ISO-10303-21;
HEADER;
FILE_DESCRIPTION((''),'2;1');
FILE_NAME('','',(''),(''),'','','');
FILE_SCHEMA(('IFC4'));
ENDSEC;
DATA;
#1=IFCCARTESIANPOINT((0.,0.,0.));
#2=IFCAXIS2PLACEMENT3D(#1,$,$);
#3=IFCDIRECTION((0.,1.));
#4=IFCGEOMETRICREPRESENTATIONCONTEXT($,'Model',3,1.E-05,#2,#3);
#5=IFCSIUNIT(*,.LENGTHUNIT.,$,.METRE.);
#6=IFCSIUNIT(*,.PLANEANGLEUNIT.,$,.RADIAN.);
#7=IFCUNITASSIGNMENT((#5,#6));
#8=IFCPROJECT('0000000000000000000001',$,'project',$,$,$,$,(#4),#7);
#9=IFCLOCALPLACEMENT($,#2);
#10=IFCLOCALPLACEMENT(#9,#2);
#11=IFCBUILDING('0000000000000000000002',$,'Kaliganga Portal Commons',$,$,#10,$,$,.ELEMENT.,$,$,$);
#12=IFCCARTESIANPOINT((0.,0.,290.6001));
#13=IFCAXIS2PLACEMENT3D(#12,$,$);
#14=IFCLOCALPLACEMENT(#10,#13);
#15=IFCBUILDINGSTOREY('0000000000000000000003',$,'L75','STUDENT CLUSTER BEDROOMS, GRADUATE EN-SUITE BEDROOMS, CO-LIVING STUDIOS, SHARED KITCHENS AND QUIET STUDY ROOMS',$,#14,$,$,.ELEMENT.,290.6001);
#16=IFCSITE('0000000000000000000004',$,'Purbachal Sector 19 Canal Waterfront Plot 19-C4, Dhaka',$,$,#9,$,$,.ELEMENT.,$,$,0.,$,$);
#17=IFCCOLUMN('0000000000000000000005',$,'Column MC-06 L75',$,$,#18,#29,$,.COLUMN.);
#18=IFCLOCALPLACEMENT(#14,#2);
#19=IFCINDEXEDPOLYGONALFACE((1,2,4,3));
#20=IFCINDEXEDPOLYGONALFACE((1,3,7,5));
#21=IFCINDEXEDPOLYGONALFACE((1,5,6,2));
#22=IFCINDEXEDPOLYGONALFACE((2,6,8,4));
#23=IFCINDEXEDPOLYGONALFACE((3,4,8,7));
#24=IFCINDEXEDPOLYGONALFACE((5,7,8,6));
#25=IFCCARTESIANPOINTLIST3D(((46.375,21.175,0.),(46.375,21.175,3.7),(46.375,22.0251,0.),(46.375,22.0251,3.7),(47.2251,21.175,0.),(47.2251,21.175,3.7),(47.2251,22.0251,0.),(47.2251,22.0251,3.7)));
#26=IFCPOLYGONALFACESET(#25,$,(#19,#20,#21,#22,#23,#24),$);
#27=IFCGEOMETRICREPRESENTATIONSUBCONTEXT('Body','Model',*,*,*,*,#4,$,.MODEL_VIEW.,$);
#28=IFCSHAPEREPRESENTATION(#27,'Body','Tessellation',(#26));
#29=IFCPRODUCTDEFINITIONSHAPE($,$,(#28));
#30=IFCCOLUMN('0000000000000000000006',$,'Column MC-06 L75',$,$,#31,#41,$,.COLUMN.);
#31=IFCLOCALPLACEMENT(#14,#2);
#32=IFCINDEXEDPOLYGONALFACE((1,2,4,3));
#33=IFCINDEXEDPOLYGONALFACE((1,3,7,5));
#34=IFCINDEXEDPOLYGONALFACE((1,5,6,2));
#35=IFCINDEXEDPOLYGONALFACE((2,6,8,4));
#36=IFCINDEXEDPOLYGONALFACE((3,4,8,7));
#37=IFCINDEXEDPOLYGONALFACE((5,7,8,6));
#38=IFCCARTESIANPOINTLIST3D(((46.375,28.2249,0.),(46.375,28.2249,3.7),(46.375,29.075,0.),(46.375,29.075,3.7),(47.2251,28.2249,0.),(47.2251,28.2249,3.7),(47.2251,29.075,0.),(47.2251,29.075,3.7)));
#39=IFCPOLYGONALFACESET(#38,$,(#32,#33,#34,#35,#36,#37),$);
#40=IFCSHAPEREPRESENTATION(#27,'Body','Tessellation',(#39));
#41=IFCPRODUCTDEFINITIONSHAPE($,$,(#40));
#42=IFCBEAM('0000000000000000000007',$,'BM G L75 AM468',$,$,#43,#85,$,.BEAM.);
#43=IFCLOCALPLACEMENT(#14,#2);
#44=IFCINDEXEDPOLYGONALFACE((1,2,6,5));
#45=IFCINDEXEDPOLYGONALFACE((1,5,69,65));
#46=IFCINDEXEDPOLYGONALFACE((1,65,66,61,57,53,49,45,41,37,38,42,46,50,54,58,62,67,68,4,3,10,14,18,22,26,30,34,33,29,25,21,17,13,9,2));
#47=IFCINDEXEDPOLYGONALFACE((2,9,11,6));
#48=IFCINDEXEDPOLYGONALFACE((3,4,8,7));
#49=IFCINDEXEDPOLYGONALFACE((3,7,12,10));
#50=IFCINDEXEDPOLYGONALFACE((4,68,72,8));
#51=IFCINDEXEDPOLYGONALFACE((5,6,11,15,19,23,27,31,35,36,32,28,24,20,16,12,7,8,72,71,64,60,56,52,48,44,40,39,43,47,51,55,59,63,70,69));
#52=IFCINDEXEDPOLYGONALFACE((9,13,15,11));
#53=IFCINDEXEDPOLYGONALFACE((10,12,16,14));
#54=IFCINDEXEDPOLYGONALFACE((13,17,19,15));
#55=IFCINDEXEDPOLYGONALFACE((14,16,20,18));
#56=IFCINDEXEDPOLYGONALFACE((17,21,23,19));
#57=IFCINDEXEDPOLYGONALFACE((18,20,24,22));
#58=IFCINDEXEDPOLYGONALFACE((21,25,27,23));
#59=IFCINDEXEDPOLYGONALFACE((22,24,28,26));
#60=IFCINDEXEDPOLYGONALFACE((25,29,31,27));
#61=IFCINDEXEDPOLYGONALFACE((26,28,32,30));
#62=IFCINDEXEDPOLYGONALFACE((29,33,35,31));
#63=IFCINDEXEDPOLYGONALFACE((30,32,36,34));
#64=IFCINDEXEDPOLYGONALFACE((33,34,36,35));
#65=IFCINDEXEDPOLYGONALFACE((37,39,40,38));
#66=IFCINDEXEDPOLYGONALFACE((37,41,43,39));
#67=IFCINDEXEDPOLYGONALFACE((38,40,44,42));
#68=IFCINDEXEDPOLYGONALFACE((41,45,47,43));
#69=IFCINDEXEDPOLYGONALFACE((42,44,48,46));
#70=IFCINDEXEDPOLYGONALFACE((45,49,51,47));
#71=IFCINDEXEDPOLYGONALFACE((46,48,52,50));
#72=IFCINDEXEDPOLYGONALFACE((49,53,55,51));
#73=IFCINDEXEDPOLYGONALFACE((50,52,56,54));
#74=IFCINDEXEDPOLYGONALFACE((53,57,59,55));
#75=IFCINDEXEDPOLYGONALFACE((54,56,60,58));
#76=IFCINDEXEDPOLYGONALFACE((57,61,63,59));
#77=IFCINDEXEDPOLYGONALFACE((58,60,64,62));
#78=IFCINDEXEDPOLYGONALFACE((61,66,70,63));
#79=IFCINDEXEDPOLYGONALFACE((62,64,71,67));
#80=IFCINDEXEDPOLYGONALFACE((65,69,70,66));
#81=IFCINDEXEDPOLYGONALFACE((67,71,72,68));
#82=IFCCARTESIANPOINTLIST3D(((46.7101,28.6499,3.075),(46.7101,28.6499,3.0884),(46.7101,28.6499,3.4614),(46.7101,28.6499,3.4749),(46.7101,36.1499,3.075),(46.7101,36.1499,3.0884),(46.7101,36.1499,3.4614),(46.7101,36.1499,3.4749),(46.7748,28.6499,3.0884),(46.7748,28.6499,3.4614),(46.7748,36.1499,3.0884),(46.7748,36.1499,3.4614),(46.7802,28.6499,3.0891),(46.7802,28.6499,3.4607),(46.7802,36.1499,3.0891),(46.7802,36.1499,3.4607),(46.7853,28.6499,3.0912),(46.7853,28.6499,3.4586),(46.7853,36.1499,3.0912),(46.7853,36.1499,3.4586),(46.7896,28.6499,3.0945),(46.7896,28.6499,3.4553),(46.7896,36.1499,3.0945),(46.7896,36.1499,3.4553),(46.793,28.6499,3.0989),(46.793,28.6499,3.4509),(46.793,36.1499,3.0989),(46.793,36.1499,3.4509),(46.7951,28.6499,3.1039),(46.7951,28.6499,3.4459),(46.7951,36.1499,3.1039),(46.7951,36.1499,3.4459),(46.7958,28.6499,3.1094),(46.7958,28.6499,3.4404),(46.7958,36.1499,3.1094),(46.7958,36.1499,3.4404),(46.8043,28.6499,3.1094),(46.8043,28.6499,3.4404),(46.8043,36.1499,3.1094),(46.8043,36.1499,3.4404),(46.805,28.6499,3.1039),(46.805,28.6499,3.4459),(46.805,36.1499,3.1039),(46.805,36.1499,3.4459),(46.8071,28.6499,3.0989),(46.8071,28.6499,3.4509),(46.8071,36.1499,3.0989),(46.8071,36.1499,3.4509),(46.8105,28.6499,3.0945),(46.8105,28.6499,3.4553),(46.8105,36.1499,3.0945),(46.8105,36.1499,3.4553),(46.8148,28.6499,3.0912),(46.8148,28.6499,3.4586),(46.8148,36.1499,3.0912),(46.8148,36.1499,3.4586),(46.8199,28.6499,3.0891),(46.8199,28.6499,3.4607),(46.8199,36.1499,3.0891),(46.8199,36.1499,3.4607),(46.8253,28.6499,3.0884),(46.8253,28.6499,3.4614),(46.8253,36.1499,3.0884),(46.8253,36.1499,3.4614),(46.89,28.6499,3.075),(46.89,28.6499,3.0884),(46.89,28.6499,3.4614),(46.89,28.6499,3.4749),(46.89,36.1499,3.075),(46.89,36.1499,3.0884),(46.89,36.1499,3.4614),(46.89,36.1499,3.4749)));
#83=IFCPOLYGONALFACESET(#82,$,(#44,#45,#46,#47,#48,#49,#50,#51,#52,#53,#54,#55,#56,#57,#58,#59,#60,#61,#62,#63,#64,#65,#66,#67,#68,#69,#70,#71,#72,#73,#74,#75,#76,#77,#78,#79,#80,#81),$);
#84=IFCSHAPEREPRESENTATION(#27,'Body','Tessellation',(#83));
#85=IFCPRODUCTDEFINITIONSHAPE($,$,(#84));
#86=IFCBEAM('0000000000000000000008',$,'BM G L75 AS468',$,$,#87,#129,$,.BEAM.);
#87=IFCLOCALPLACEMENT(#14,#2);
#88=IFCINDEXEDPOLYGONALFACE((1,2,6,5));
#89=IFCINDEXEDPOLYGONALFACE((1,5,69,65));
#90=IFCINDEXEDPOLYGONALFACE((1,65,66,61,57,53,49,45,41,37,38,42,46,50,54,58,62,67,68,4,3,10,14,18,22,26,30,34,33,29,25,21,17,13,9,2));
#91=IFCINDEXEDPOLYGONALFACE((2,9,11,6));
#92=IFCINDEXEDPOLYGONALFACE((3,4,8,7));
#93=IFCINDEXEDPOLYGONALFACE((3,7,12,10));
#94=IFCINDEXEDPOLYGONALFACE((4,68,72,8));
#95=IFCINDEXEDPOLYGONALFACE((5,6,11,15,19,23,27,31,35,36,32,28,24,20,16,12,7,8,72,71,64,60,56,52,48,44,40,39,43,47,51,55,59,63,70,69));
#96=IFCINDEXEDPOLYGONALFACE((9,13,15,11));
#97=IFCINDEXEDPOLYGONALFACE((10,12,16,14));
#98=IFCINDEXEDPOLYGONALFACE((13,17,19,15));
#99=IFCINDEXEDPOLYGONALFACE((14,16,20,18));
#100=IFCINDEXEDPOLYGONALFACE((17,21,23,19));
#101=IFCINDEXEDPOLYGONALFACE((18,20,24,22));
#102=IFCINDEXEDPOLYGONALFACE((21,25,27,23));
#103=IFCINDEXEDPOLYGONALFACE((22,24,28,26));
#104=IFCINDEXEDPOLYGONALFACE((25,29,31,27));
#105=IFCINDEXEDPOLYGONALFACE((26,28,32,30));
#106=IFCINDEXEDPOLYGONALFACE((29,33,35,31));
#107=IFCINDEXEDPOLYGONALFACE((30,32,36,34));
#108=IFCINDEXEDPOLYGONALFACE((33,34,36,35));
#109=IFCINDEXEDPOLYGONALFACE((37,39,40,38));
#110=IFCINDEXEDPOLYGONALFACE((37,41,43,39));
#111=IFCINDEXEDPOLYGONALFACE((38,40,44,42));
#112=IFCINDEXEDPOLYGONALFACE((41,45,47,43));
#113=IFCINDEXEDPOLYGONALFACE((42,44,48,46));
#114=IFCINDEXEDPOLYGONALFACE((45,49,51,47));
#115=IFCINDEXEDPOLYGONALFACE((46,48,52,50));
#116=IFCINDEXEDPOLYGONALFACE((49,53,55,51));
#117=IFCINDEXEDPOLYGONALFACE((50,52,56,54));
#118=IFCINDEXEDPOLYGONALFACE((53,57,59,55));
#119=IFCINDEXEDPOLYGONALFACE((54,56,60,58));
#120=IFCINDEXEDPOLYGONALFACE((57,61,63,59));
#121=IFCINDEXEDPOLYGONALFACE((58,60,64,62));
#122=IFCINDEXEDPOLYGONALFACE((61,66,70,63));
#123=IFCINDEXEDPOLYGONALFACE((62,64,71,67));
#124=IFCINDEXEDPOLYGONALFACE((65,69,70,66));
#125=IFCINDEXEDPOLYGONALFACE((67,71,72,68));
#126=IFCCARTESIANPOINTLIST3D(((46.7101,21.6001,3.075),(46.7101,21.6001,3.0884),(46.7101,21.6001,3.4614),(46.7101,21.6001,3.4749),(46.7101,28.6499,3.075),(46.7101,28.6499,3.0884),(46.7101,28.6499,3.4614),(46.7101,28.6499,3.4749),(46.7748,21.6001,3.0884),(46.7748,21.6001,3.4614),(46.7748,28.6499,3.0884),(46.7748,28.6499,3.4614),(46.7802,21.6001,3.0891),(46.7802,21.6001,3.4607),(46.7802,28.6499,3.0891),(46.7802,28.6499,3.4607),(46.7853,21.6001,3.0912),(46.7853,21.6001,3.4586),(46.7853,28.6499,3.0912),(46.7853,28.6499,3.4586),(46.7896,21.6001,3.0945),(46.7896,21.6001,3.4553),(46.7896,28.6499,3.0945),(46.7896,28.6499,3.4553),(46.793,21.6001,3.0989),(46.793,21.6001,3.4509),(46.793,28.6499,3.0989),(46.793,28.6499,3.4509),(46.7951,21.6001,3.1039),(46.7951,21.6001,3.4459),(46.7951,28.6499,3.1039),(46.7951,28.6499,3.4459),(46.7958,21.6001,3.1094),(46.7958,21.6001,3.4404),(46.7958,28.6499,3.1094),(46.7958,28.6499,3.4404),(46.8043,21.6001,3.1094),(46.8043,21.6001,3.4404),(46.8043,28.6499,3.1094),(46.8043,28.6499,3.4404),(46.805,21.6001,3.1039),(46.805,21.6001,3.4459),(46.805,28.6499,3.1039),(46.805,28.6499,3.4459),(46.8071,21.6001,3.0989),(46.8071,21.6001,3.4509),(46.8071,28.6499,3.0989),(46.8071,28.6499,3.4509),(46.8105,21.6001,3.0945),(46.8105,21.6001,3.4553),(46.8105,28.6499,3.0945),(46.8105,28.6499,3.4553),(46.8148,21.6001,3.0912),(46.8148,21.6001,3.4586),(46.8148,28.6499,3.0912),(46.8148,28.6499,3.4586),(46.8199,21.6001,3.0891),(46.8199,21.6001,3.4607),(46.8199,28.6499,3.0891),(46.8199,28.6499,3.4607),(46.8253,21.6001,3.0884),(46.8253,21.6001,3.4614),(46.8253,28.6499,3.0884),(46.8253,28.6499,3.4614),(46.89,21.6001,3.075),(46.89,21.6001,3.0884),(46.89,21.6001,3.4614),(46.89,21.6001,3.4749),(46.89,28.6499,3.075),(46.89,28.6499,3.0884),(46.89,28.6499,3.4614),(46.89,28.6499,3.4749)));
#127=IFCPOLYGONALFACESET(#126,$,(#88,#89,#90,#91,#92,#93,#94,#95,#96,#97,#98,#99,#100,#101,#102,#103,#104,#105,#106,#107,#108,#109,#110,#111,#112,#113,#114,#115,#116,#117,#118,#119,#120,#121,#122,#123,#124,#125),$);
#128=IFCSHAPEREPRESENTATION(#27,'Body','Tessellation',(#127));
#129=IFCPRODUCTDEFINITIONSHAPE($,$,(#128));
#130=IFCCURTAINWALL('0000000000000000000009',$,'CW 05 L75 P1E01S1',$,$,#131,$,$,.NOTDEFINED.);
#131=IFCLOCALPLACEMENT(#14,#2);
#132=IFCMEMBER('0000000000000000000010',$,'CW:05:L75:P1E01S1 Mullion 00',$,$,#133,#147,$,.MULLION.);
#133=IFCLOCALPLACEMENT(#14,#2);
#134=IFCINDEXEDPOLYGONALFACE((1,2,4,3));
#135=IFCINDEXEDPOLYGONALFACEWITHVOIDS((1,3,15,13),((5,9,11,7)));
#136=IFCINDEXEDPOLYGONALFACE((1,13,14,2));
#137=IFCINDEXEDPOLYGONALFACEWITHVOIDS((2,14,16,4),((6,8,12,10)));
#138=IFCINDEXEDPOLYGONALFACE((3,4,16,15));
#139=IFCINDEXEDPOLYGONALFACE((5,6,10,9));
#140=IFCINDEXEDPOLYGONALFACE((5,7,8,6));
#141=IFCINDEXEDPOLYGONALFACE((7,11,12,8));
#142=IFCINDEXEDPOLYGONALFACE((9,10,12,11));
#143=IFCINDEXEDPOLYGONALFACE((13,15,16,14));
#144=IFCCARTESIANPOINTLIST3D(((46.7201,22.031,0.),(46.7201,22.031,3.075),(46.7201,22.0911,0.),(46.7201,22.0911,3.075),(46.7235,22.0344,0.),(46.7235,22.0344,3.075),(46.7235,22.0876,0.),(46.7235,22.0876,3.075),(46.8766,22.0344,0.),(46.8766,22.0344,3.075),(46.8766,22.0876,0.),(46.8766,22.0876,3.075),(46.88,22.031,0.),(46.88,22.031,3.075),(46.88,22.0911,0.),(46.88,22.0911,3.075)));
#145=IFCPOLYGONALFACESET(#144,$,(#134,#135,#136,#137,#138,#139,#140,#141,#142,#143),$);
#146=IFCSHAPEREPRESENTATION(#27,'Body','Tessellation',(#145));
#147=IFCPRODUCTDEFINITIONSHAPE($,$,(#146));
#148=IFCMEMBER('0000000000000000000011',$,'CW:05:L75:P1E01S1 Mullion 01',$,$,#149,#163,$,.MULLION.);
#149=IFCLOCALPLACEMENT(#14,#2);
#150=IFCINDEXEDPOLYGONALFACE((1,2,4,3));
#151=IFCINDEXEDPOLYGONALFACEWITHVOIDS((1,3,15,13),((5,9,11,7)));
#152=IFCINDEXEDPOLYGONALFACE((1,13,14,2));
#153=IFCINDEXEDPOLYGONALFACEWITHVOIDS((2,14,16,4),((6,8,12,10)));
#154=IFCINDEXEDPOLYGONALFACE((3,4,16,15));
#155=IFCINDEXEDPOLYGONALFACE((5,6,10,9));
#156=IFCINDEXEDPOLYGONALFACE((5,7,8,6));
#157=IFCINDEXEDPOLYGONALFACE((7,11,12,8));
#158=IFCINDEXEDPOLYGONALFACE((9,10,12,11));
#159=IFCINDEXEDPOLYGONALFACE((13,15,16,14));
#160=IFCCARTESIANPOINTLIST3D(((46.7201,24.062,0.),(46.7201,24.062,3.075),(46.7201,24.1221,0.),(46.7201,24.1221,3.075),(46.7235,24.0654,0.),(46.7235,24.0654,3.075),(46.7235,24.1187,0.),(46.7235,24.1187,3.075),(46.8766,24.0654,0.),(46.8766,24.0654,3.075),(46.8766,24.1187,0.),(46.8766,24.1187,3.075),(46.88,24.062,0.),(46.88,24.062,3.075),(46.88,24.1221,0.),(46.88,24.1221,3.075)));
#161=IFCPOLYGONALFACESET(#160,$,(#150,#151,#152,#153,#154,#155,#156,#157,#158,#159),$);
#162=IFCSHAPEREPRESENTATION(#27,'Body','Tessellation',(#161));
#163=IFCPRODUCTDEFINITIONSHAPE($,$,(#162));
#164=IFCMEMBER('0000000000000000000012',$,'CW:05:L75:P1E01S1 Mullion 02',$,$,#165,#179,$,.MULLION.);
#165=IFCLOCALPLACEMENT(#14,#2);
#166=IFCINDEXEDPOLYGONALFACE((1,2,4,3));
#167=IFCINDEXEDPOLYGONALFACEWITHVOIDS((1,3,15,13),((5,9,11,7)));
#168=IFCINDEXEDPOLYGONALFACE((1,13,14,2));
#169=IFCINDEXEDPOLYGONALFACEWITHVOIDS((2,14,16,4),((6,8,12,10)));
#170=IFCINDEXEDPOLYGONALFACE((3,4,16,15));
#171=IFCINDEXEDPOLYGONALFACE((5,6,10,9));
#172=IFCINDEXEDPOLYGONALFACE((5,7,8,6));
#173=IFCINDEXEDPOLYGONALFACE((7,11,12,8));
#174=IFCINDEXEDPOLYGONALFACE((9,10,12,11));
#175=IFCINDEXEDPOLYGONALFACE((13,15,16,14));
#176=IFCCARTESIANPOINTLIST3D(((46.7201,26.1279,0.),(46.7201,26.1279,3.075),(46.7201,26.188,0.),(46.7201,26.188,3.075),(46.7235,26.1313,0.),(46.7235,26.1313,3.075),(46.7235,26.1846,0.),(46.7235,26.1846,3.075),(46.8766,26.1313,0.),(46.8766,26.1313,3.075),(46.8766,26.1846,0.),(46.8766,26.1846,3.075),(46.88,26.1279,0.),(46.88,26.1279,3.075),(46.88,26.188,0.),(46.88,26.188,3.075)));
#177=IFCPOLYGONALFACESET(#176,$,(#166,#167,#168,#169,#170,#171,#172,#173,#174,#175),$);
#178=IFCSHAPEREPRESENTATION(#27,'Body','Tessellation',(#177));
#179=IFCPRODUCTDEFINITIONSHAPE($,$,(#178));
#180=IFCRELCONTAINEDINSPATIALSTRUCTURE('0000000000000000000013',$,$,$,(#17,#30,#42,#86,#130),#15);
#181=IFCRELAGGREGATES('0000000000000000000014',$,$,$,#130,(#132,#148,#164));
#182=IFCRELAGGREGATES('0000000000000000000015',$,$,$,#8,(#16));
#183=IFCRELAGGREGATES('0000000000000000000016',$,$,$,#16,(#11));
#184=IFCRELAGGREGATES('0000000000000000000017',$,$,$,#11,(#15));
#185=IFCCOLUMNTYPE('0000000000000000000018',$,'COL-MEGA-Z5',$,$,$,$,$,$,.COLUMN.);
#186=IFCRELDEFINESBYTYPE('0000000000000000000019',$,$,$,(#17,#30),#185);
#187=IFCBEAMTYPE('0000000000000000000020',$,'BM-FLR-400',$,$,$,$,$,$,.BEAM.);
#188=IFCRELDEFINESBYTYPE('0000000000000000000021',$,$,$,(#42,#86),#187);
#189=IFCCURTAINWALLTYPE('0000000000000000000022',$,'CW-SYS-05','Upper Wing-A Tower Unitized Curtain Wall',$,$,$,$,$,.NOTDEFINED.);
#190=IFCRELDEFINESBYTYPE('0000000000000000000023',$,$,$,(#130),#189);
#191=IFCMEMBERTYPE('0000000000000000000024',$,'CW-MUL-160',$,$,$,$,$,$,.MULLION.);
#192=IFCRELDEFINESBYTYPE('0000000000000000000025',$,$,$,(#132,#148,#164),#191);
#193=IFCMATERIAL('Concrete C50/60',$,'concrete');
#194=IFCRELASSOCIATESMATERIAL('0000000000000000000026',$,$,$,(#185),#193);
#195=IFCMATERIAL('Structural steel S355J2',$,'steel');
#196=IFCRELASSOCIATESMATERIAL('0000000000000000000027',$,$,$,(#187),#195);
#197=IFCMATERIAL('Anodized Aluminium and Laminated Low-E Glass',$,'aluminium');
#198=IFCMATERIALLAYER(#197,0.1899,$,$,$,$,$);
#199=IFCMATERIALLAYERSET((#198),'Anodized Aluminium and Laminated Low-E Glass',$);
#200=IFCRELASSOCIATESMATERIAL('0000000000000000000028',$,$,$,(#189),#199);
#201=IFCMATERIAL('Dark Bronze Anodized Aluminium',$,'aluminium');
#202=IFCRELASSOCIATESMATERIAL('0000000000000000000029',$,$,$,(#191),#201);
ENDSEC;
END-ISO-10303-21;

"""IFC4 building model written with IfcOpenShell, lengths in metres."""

from ifc_helpers import new_model, si_unit, direction, frame, origin, origin_2d, place, context, subcontext, project, spatial, rectangle, hollow_rectangle, i_section, extrude, source, transform, mapped, material, layer, layer_set, material_profile, profile_set, type_object, element, aggregate, save


model = new_model("IFC4")

# Units and contexts
model_context = context("Model", 3, precision=1e-05, world=origin(), true_north=direction((0.0, 1.0)))
body_context = subcontext(model_context, "Body", "Model", "MODEL_VIEW")
ifc_project = project(units=[si_unit("LENGTHUNIT", "METRE"), si_unit("PLANEANGLEUNIT", "RADIAN")], contexts=[model_context])

# Site, building, storey
site_placement = place(None, origin())
site = spatial("IfcSite", under=ifc_project, at=site_placement, Name="Purbachal Sector 19 Canal Waterfront Plot 19-C4, Dhaka", CompositionType="ELEMENT", RefElevation=0.0)
building_placement = place(site_placement, origin())
building = spatial("IfcBuilding", under=site, at=building_placement, Name="Kaliganga Portal Commons", CompositionType="ELEMENT")
storey_placement = place(building_placement, frame((0.0, 0.0, 290.6001)))
storey = spatial("IfcBuildingStorey", under=building, at=storey_placement, Name="L75", Description="STUDENT CLUSTER BEDROOMS, GRADUATE EN-SUITE BEDROOMS, CO-LIVING STUDIOS, SHARED KITCHENS AND QUIET STUDY ROOMS", CompositionType="ELEMENT", Elevation=290.6001)

# Columns
ifc_material_1 = material(Name="Concrete C50/60", Category="concrete")
ifc_material_profile_1 = material_profile(ifc_material_1, rectangle(XDim=0.8501, YDim=0.8501, at=origin_2d()), Name="RC 850x850")
ifc_profile_set_1 = profile_set([ifc_material_profile_1], Name="Concrete C50/60")
column_type = type_object("IfcColumnType", Name="COL-MEGA-Z5", PredefinedType="COLUMN", material=ifc_profile_set_1)
shared_shape_1 = source(origin(), body_context, "Body", "SweptSolid", [
    extrude(rectangle(XDim=0.8501, YDim=0.8501, at=origin_2d()), origin(), (0.0, 0.0, 1.0), 3.7),
])
for number, where, z_axis, x_axis, name in (
    (1, (46.8, 21.6001, 0.0), (0.0, 0.0, 1.0), (1.0, 0.0, 0.0), "Column MC-06 L75"),
    (2, (46.8, 28.6499, 0.0), (0.0, 0.0, 1.0), (1.0, 0.0, 0.0), "Column MC-06 L75"),
):
    element("IfcColumn", number, at=place(storey_placement, frame(where, z_axis=z_axis, x_axis=x_axis)), inside=storey, type_object=column_type, Name=name, PredefinedType="COLUMN", context=body_context, shape_type="MappedRepresentation", body=[
        mapped(shared_shape_1, transform((0.0, 0.0, 0.0), x_axis=(1.0, 0.0, 0.0), y_axis=(0.0, 1.0, 0.0), z_axis=(0.0, 0.0, 1.0), scale=1.0)),
    ])

# Beams
ifc_material_2 = material(Name="Structural steel S355J2", Category="steel")
ifc_material_profile_2 = material_profile(ifc_material_2, i_section(OverallWidth=0.1799, OverallDepth=0.3999, WebThickness=0.0085, FlangeThickness=0.0134, FilletRadius=0.021, at=origin_2d()), Name="IPE 400")
ifc_profile_set_2 = profile_set([ifc_material_profile_2], Name="Structural steel S355J2 wide-flange")
beam_type = type_object("IfcBeamType", Name="BM-FLR-400", PredefinedType="BEAM", material=ifc_profile_set_2)
shared_shape_2 = source(origin(), body_context, "Body", "SweptSolid", [
    extrude(i_section(OverallWidth=0.1799, OverallDepth=0.3999, WebThickness=0.0085, FlangeThickness=0.0134, FilletRadius=0.021, at=origin_2d()), origin(), (0.0, 0.0, 1.0), 7.5),
])
beam_1_placement = place(storey_placement, frame((46.8, 28.6499, 3.2749), z_axis=(0.0, 1.0, 0.0), x_axis=(-1.0, 0.0, 0.0)))
element("IfcBeam", 3, at=beam_1_placement, inside=storey, type_object=beam_type, Name="BM G L75 AM468", PredefinedType="BEAM", context=body_context, shape_type="MappedRepresentation", body=[
    mapped(shared_shape_2, transform((0.0, 0.0, 0.0), x_axis=(1.0, 0.0, 0.0), y_axis=(0.0, 1.0, 0.0), z_axis=(0.0, 0.0, 1.0), scale=1.0)),
])
shared_shape_3 = source(origin(), body_context, "Body", "SweptSolid", [
    extrude(i_section(OverallWidth=0.1799, OverallDepth=0.3999, WebThickness=0.0085, FlangeThickness=0.0134, FilletRadius=0.021, at=origin_2d()), origin(), (0.0, 0.0, 1.0), 7.0498),
])
beam_2_placement = place(storey_placement, frame((46.8, 21.6001, 3.2749), z_axis=(0.0, 1.0, 0.0), x_axis=(-1.0, 0.0, 0.0)))
element("IfcBeam", 4, at=beam_2_placement, inside=storey, type_object=beam_type, Name="BM G L75 AS468", PredefinedType="BEAM", context=body_context, shape_type="MappedRepresentation", body=[
    mapped(shared_shape_3, transform((0.0, 0.0, 0.0), x_axis=(1.0, 0.0, 0.0), y_axis=(0.0, 1.0, 0.0), z_axis=(0.0, 0.0, 1.0), scale=1.0)),
])

# Curtain wall, members
ifc_material_3 = material(Name="Anodized Aluminium and Laminated Low-E Glass", Category="aluminium")
ifc_layer_1 = layer(ifc_material_3, 0.1899)
ifc_layer_set_1 = layer_set([ifc_layer_1], Name="Anodized Aluminium and Laminated Low-E Glass")
curtain_wall_type = type_object("IfcCurtainWallType", Name="CW-SYS-05", Description="Upper Wing-A Tower Unitized Curtain Wall", PredefinedType="NOTDEFINED", material=ifc_layer_set_1)
curtain_wall_1_placement = place(storey_placement, origin())
curtain_wall_1 = element("IfcCurtainWall", 5, at=curtain_wall_1_placement, inside=storey, type_object=curtain_wall_type, Name="CW 05 L75 P1E01S1", PredefinedType="NOTDEFINED")
ifc_material_4 = material(Name="Dark Bronze Anodized Aluminium", Category="aluminium")
ifc_material_profile_3 = material_profile(ifc_material_4, hollow_rectangle(XDim=0.0601, YDim=0.1599, WallThickness=0.0034, at=origin_2d()), Name="ALU MULL 60x160x3.5")
ifc_profile_set_3 = profile_set([ifc_material_profile_3], Name="Dark Bronze Anodized Aluminium")
member_type_1 = type_object("IfcMemberType", Name="CW-MUL-160", PredefinedType="MULLION", material=ifc_profile_set_3)
shared_shape_4 = source(origin(), body_context, "Body", "SweptSolid", [
    extrude(hollow_rectangle(XDim=0.0601, YDim=0.1599, WallThickness=0.0034, at=origin_2d()), origin(), (0.0, 0.0, 1.0), 3.075),
])
member_1_placement = place(storey_placement, frame((46.8, 22.061, 0.0), z_axis=(0.0, 0.0, 1.0), x_axis=(0.0, 1.0, 0.0)))
member_1 = element("IfcMember", 6, at=member_1_placement, type_object=member_type_1, Name="CW:05:L75:P1E01S1 Mullion 00", PredefinedType="MULLION", context=body_context, shape_type="MappedRepresentation", body=[
    mapped(shared_shape_4, transform((0.0, 0.0, 0.0), x_axis=(1.0, 0.0, 0.0), y_axis=(0.0, 1.0, 0.0), z_axis=(0.0, 0.0, 1.0), scale=1.0)),
])
member_2_placement = place(storey_placement, frame((46.8, 24.092, 0.0), z_axis=(0.0, 0.0, 1.0), x_axis=(0.0, 1.0, 0.0)))
member_2 = element("IfcMember", 7, at=member_2_placement, type_object=member_type_1, Name="CW:05:L75:P1E01S1 Mullion 01", PredefinedType="MULLION", context=body_context, shape_type="MappedRepresentation", body=[
    mapped(shared_shape_4, transform((0.0, 0.0, 0.0), x_axis=(1.0, 0.0, 0.0), y_axis=(0.0, 1.0, 0.0), z_axis=(0.0, 0.0, 1.0), scale=1.0)),
])
member_3_placement = place(storey_placement, frame((46.8, 26.158, 0.0), z_axis=(0.0, 0.0, 1.0), x_axis=(0.0, 1.0, 0.0)))
member_3 = element("IfcMember", 8, at=member_3_placement, type_object=member_type_1, Name="CW:05:L75:P1E01S1 Mullion 02", PredefinedType="MULLION", context=body_context, shape_type="MappedRepresentation", body=[
    mapped(shared_shape_4, transform((0.0, 0.0, 0.0), x_axis=(1.0, 0.0, 0.0), y_axis=(0.0, 1.0, 0.0), z_axis=(0.0, 0.0, 1.0), scale=1.0)),
])

aggregate(curtain_wall_1, [member_1, member_2, member_3])

save(model, "model.ifc")
